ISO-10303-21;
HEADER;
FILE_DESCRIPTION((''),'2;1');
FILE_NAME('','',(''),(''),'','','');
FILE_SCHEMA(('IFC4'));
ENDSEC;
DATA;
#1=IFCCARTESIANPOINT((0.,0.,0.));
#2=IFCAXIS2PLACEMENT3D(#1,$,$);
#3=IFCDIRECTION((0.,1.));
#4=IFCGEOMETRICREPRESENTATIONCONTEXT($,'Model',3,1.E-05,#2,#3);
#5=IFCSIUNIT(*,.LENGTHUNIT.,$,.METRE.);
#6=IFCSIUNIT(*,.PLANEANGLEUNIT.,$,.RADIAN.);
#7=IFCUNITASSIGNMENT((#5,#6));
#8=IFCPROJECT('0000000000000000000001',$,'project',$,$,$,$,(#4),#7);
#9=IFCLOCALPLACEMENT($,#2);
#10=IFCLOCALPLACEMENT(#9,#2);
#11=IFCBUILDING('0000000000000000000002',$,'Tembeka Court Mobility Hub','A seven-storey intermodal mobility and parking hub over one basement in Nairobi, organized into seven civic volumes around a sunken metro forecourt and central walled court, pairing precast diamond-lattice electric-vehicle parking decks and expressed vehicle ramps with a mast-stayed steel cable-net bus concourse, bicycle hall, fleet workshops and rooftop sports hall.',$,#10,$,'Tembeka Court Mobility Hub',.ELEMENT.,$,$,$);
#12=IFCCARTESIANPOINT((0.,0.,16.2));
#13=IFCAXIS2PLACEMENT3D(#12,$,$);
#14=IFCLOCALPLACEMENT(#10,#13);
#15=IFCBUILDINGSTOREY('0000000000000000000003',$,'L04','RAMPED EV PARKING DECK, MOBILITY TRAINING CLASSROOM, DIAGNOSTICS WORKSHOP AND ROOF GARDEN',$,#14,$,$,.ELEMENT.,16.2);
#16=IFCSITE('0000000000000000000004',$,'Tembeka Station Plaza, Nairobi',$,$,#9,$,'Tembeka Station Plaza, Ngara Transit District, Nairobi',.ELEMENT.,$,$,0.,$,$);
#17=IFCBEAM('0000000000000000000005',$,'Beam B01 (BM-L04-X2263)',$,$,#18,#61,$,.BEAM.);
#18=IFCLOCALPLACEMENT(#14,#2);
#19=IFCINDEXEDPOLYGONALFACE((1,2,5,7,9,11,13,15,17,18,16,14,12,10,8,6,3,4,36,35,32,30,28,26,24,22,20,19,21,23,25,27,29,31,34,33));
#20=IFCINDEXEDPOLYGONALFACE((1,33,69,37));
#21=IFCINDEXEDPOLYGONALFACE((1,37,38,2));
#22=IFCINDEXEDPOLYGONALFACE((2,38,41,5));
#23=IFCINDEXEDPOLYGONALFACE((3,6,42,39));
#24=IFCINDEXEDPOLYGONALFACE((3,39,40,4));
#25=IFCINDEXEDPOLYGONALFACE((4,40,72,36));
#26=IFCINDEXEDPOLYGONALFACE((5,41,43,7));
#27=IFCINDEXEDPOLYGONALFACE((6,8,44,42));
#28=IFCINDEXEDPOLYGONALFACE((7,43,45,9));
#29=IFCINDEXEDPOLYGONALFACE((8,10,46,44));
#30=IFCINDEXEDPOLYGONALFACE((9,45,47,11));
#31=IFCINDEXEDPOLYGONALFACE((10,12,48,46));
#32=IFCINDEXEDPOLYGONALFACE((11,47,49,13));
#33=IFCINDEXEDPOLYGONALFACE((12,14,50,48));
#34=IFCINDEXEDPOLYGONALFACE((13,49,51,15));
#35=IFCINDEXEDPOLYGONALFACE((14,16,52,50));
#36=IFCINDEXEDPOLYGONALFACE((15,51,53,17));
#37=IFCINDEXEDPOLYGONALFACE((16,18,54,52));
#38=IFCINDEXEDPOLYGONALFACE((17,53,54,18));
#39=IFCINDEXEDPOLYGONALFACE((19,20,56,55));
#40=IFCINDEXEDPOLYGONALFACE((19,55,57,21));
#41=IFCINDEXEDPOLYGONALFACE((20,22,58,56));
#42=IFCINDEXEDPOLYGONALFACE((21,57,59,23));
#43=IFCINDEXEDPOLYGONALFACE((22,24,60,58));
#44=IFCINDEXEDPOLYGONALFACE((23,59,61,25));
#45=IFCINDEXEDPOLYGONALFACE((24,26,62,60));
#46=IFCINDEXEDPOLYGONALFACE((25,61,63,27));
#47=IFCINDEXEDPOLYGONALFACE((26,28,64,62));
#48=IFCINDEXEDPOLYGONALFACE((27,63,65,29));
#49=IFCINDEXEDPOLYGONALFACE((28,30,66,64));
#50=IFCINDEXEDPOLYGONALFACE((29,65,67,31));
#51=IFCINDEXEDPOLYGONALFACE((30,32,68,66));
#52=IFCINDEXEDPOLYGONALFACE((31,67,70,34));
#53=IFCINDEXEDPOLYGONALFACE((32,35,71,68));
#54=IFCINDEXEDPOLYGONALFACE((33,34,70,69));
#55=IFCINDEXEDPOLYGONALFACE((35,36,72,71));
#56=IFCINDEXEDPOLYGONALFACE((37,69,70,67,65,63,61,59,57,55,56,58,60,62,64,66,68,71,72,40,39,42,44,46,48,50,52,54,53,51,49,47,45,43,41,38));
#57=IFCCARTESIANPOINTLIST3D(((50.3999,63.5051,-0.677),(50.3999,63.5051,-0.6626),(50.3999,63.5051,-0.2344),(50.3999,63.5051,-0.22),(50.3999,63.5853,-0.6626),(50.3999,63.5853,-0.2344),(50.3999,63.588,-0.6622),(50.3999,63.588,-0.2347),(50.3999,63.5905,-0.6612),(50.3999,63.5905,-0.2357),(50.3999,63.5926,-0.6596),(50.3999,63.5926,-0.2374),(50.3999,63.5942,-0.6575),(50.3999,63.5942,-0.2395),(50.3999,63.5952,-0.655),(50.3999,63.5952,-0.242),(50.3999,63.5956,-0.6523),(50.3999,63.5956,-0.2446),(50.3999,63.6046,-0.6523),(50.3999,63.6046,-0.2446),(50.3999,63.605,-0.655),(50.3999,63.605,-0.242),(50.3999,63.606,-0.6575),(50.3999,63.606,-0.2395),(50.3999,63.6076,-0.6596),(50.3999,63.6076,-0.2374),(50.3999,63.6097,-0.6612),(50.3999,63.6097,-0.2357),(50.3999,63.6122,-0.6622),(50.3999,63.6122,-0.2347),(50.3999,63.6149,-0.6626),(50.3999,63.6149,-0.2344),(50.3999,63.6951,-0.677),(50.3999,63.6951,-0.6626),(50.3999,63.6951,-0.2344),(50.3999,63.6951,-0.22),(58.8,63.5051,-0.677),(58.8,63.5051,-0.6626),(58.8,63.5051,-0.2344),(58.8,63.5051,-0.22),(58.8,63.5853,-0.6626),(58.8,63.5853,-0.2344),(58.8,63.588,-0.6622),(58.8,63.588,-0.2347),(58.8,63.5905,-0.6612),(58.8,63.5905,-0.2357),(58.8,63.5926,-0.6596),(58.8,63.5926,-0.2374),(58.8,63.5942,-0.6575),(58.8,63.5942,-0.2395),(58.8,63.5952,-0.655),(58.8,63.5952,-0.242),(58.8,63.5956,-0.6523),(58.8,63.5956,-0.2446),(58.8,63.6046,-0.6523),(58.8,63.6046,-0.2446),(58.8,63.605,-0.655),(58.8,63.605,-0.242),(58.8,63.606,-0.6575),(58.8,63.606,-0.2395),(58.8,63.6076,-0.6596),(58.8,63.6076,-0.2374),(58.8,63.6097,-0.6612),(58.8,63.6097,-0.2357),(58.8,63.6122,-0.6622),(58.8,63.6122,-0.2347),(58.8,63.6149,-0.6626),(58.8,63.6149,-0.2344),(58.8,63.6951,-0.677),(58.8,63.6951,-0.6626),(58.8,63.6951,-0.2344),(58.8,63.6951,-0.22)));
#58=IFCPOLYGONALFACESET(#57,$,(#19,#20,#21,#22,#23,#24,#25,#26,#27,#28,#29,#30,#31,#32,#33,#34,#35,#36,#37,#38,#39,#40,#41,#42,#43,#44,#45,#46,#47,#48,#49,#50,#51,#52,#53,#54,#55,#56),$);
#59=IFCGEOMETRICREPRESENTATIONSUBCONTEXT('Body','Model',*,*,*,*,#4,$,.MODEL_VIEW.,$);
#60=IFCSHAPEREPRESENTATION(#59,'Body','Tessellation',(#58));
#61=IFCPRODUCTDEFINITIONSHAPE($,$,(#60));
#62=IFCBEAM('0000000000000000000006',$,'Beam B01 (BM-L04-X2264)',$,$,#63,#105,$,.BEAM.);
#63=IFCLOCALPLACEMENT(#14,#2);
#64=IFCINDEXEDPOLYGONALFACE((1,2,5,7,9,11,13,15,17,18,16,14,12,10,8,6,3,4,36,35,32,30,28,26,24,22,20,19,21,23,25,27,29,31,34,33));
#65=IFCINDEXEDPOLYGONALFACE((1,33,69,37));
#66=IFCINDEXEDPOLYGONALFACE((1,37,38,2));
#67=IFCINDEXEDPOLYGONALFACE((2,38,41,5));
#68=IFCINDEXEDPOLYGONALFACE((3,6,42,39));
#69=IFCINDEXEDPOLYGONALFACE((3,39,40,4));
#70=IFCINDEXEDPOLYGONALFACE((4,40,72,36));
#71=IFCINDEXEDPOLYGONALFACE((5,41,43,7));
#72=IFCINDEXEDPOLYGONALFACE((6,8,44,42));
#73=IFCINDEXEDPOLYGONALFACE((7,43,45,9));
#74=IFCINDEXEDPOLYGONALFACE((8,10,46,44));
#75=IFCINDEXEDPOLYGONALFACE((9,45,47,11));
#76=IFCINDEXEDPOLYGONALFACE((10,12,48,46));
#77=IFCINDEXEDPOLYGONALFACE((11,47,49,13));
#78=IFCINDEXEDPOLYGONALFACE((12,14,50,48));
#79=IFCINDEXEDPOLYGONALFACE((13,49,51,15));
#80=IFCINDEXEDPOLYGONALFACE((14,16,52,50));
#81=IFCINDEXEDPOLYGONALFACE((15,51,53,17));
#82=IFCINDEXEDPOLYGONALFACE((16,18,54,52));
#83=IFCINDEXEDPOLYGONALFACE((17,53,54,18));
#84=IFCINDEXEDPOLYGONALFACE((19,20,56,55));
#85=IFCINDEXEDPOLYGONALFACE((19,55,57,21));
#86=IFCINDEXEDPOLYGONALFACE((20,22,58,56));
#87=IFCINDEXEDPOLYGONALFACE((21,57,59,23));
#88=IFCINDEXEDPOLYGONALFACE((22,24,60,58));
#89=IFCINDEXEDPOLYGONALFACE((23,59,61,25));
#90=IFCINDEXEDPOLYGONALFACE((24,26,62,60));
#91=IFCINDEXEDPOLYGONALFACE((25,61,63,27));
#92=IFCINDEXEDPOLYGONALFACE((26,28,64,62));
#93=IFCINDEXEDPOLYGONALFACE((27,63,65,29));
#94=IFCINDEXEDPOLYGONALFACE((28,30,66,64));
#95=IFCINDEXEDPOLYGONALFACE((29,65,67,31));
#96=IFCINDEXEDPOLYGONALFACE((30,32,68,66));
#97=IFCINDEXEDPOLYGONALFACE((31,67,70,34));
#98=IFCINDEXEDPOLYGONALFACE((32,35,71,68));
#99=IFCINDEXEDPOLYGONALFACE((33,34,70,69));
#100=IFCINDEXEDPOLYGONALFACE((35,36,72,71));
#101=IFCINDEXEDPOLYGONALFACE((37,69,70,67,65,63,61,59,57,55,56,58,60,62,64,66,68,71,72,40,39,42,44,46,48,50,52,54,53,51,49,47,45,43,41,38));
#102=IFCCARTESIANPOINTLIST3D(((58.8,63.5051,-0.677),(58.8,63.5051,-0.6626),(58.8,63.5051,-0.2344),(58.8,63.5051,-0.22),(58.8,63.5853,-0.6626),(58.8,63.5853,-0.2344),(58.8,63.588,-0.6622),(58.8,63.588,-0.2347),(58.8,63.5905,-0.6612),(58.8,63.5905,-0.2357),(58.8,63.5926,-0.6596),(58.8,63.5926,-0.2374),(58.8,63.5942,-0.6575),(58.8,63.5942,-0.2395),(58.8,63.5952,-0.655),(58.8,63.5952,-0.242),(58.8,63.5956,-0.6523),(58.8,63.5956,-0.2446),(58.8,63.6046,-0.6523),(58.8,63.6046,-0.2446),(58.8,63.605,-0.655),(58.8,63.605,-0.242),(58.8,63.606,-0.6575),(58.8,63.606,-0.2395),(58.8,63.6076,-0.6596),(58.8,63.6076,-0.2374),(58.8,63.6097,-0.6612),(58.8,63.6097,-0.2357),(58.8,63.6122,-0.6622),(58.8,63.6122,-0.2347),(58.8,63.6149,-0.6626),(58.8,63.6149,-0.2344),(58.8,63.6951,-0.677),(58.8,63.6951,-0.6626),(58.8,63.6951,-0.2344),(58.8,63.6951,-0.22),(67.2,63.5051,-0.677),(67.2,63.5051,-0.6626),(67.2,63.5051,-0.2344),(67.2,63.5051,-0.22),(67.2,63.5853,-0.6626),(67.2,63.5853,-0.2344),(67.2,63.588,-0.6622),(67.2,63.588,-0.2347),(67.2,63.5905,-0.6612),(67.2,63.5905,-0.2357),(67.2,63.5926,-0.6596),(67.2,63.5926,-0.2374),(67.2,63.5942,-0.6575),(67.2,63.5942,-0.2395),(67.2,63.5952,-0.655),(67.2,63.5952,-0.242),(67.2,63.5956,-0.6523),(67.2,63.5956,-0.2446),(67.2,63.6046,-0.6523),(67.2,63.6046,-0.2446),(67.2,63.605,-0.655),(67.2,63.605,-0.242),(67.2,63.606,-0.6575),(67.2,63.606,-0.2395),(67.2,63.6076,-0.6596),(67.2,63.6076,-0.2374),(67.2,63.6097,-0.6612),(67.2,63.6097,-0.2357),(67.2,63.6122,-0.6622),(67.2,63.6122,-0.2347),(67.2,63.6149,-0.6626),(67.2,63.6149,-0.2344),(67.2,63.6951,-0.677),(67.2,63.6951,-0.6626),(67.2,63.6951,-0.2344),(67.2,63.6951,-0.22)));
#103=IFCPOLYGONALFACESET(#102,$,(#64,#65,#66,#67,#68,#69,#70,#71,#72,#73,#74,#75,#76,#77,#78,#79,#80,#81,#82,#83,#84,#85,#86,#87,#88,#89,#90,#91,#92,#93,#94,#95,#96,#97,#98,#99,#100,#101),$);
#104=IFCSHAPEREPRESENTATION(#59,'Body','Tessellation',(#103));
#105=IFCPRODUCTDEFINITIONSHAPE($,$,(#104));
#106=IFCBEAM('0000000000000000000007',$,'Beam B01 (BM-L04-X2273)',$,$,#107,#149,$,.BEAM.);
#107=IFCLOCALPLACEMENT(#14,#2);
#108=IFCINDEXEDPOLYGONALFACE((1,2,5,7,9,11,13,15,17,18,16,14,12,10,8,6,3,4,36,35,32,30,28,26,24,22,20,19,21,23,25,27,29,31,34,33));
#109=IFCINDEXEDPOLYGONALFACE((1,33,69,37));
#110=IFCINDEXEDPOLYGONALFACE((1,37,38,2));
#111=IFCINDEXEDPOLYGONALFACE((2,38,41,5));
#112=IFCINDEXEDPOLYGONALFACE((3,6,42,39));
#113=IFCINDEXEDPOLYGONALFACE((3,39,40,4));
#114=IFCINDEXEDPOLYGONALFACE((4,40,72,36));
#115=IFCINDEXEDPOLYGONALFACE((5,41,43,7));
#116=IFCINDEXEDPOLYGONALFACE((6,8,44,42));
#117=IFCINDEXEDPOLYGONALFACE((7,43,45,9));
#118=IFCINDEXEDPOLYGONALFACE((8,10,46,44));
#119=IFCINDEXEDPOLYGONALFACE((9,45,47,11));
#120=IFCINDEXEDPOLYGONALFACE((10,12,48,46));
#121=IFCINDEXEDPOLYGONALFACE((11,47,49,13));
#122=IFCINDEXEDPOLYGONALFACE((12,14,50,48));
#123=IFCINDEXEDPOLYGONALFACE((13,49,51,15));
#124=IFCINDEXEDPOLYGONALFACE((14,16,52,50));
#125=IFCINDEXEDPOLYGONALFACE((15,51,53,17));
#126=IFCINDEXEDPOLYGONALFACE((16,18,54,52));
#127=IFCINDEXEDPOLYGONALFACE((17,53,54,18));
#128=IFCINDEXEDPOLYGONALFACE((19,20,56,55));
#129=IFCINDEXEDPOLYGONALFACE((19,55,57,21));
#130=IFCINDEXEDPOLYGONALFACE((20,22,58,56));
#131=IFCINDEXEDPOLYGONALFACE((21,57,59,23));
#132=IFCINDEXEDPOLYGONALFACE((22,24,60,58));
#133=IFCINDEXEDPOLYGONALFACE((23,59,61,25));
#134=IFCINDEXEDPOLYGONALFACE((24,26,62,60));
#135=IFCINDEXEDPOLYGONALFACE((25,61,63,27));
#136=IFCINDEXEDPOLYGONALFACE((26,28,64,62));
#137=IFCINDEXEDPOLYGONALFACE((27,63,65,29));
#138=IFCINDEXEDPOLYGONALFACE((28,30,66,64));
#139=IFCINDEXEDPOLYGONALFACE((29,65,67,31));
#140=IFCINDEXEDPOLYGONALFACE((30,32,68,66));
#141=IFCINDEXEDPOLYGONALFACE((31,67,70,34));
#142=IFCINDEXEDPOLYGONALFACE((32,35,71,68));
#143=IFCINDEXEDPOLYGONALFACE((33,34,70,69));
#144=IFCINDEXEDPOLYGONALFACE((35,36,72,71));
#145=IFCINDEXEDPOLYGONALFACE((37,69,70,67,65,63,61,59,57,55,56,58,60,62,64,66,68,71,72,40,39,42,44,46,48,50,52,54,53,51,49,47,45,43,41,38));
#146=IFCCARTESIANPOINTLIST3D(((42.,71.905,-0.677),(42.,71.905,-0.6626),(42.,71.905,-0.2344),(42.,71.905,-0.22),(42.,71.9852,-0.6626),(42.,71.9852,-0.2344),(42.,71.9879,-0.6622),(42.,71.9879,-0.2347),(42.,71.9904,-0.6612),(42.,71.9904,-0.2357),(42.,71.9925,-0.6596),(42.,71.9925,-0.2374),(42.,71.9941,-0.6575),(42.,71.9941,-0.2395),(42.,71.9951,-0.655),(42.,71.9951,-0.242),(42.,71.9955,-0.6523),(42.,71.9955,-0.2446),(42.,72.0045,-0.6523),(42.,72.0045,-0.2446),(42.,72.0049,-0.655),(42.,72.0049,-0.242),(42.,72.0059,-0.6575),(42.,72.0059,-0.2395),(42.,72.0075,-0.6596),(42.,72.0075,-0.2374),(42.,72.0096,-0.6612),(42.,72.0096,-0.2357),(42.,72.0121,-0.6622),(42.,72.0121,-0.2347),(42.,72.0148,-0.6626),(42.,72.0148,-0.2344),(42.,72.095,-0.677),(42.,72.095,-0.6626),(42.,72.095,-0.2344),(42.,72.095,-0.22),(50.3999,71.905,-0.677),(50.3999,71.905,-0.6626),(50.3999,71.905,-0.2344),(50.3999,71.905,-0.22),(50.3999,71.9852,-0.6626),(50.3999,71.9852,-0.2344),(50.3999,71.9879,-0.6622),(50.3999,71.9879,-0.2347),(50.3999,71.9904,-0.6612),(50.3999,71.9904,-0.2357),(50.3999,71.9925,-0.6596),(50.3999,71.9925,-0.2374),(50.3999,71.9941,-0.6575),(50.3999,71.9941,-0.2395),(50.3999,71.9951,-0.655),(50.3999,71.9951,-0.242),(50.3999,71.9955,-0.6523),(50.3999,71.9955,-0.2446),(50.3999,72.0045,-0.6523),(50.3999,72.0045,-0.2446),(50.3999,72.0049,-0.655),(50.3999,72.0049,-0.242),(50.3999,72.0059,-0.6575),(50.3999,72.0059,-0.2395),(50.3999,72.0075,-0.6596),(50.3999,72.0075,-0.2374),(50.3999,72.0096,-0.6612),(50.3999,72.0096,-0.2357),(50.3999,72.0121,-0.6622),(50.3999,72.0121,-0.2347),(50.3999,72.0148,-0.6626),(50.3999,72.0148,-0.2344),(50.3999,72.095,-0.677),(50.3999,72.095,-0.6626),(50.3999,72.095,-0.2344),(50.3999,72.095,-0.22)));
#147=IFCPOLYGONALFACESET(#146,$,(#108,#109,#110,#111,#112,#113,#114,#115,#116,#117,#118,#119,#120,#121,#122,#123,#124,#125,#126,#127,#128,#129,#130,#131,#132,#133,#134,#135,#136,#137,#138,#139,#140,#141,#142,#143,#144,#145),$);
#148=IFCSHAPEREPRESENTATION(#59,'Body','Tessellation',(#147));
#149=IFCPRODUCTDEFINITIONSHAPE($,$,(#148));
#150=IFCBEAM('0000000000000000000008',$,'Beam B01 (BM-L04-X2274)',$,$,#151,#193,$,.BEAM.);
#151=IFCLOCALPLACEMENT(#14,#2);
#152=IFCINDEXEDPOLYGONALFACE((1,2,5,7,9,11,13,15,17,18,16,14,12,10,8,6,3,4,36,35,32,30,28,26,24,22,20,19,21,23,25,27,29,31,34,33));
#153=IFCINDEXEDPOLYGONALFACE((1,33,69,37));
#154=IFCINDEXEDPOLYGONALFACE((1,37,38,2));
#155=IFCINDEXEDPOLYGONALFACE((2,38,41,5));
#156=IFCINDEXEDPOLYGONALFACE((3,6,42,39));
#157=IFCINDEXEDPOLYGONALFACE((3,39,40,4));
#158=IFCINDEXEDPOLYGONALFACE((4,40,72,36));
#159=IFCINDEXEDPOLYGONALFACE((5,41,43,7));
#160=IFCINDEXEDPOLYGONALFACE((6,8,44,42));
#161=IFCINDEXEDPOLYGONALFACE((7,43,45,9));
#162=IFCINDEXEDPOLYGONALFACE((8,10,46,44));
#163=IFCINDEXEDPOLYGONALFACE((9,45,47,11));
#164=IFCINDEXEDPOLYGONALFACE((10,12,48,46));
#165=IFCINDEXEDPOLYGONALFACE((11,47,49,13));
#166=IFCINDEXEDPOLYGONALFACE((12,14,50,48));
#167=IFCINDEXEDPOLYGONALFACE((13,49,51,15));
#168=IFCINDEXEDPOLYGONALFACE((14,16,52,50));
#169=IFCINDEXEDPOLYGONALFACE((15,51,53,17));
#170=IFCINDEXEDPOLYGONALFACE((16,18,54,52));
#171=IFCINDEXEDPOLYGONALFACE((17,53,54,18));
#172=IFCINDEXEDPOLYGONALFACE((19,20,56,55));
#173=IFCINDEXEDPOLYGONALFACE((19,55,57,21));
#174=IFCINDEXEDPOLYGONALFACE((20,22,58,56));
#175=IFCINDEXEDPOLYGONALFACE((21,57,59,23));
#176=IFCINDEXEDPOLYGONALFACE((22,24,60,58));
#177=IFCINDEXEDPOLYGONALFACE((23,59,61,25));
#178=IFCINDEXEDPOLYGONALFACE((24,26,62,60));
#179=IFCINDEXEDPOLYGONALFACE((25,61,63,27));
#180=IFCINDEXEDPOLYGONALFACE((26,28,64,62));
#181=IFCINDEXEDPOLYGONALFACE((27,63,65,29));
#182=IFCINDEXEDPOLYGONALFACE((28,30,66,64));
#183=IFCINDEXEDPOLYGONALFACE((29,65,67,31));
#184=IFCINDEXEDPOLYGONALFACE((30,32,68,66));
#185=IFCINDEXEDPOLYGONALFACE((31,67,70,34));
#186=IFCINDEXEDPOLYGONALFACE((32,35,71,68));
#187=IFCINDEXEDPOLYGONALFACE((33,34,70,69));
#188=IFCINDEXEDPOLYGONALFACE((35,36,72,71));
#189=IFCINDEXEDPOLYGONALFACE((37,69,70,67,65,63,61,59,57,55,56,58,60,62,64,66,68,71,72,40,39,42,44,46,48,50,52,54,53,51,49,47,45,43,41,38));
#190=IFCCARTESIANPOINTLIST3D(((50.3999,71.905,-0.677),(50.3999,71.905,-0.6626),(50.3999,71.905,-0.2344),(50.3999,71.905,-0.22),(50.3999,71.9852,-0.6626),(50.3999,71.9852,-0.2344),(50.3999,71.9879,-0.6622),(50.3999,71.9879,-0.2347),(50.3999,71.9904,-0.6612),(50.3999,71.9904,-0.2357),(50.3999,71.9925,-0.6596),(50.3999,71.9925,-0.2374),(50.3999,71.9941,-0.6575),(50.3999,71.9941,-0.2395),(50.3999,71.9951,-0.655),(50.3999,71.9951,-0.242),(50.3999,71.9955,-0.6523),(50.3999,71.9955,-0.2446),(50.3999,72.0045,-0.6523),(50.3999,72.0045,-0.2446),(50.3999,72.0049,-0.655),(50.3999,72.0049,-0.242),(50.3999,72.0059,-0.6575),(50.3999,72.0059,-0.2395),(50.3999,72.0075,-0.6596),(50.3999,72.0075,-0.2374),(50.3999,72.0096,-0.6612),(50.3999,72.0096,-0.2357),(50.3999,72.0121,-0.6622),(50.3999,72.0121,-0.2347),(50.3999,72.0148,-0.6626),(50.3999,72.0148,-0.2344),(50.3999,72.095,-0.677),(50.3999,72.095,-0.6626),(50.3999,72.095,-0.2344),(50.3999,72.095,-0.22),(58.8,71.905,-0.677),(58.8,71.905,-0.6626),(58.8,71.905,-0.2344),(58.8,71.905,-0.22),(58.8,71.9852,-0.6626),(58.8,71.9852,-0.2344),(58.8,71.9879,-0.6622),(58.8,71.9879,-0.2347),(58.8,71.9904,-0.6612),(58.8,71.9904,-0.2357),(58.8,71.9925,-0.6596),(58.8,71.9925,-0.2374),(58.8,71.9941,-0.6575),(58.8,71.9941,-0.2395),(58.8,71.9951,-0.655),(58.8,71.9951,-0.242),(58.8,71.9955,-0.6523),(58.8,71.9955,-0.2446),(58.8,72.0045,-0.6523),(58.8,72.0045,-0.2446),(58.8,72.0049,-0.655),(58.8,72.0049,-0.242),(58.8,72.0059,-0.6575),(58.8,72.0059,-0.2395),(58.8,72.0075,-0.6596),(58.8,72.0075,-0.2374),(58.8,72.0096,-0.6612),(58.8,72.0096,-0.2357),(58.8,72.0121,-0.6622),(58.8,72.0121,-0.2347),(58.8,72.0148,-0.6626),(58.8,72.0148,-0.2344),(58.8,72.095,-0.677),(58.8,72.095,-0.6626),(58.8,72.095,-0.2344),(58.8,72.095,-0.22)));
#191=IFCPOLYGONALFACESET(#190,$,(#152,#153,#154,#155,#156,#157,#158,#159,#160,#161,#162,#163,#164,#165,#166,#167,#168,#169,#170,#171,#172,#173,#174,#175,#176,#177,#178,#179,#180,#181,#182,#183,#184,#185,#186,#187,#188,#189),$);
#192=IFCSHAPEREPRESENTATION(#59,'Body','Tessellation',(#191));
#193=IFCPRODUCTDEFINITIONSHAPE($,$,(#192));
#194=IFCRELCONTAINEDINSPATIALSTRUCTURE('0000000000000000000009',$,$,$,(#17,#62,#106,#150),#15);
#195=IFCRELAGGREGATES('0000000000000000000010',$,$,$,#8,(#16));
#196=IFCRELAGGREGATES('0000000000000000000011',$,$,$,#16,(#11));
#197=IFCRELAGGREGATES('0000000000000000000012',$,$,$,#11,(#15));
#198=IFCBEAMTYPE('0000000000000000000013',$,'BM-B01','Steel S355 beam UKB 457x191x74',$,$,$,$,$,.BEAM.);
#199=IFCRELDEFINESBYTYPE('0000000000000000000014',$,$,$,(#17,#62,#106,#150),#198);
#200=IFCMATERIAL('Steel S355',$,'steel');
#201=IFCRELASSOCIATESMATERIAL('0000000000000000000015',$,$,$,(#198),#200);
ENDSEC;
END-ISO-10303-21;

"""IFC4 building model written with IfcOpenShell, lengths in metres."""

from ifc_helpers import new_model, si_unit, direction, frame, origin, origin_2d, place, context, subcontext, project, spatial, i_section, extrude, material, material_profile, profile_set, type_object, element, save


model = new_model("IFC4")

# Units and contexts
model_context = context("Model", 3, precision=1e-05, world=origin(), true_north=direction((0.0, 1.0)))
body_context = subcontext(model_context, "Body", "Model", "MODEL_VIEW")
ifc_project = project(units=[si_unit("LENGTHUNIT", "METRE"), si_unit("PLANEANGLEUNIT", "RADIAN")], contexts=[model_context])

# Site, building, storey
site_placement = place(None, origin())
site = spatial("IfcSite", under=ifc_project, at=site_placement, Name="Tembeka Station Plaza, Nairobi", LongName="Tembeka Station Plaza, Ngara Transit District, Nairobi", CompositionType="ELEMENT", RefElevation=0.0)
building_placement = place(site_placement, origin())
building = spatial("IfcBuilding", under=site, at=building_placement, Name="Tembeka Court Mobility Hub", Description="A seven-storey intermodal mobility and parking hub over one basement in Nairobi, organized into seven civic volumes around a sunken metro forecourt and central walled court, pairing precast diamond-lattice electric-vehicle parking decks and expressed vehicle ramps with a mast-stayed steel cable-net bus concourse, bicycle hall, fleet workshops and rooftop sports hall.", LongName="Tembeka Court Mobility Hub", CompositionType="ELEMENT")
storey_placement = place(building_placement, frame((0.0, 0.0, 16.2)))
storey = spatial("IfcBuildingStorey", under=building, at=storey_placement, Name="L04", Description="RAMPED EV PARKING DECK, MOBILITY TRAINING CLASSROOM, DIAGNOSTICS WORKSHOP AND ROOF GARDEN", CompositionType="ELEMENT", Elevation=16.2)

# Shared definitions
ifc_material_1 = material(Name="Steel S355", Category="steel")

# Beams
ifc_material_profile_1 = material_profile(ifc_material_1, i_section(OverallWidth=0.1899, OverallDepth=0.457, WebThickness=0.009, FlangeThickness=0.0144, FilletRadius=0.0103, at=origin_2d()), Name="UKB 457x191x74")
ifc_profile_set_1 = profile_set([ifc_material_profile_1], Name="Steel S355")
beam_type_1 = type_object("IfcBeamType", Name="BM-B01", Description="Steel S355 beam UKB 457x191x74", PredefinedType="BEAM", material=ifc_profile_set_1)
beam_1_placement = place(storey_placement, frame((50.3999, 63.6001, -0.4485), z_axis=(1.0, 0.0, 0.0), x_axis=(0.0, 1.0, 0.0)))
element("IfcBeam", 1, at=beam_1_placement, inside=storey, type_object=beam_type_1, Name="Beam B01 (BM-L04-X2263)", PredefinedType="BEAM", context=body_context, shape_type="SweptSolid", body=[
    extrude(i_section(OverallWidth=0.1899, OverallDepth=0.457, WebThickness=0.009, FlangeThickness=0.0144, FilletRadius=0.0103, at=origin_2d()), origin(), (0.0, 0.0, 1.0), 8.4001),
])
for number, where, z_axis, x_axis, name in (
    (2, (58.8, 63.6001, -0.4485), (1.0, 0.0, 0.0), (0.0, 1.0, 0.0), "Beam B01 (BM-L04-X2264)"),
    (3, (42.0, 72.0, -0.4485), (1.0, 0.0, 0.0), (0.0, 1.0, 0.0), "Beam B01 (BM-L04-X2273)"),
):
    element("IfcBeam", number, at=place(storey_placement, frame(where, z_axis=z_axis, x_axis=x_axis)), inside=storey, type_object=beam_type_1, Name=name, PredefinedType="BEAM", context=body_context, shape_type="SweptSolid", body=[
        extrude(i_section(OverallWidth=0.1899, OverallDepth=0.457, WebThickness=0.009, FlangeThickness=0.0144, FilletRadius=0.0103, at=origin_2d()), origin(), (0.0, 0.0, 1.0), 8.3999),
    ])
beam_2_placement = place(storey_placement, frame((50.3999, 72.0, -0.4485), z_axis=(1.0, 0.0, 0.0), x_axis=(0.0, 1.0, 0.0)))
element("IfcBeam", 4, at=beam_2_placement, inside=storey, type_object=beam_type_1, Name="Beam B01 (BM-L04-X2274)", PredefinedType="BEAM", context=body_context, shape_type="SweptSolid", body=[
    extrude(i_section(OverallWidth=0.1899, OverallDepth=0.457, WebThickness=0.009, FlangeThickness=0.0144, FilletRadius=0.0103, at=origin_2d()), origin(), (0.0, 0.0, 1.0), 8.4001),
])

save(model, "model.ifc")
